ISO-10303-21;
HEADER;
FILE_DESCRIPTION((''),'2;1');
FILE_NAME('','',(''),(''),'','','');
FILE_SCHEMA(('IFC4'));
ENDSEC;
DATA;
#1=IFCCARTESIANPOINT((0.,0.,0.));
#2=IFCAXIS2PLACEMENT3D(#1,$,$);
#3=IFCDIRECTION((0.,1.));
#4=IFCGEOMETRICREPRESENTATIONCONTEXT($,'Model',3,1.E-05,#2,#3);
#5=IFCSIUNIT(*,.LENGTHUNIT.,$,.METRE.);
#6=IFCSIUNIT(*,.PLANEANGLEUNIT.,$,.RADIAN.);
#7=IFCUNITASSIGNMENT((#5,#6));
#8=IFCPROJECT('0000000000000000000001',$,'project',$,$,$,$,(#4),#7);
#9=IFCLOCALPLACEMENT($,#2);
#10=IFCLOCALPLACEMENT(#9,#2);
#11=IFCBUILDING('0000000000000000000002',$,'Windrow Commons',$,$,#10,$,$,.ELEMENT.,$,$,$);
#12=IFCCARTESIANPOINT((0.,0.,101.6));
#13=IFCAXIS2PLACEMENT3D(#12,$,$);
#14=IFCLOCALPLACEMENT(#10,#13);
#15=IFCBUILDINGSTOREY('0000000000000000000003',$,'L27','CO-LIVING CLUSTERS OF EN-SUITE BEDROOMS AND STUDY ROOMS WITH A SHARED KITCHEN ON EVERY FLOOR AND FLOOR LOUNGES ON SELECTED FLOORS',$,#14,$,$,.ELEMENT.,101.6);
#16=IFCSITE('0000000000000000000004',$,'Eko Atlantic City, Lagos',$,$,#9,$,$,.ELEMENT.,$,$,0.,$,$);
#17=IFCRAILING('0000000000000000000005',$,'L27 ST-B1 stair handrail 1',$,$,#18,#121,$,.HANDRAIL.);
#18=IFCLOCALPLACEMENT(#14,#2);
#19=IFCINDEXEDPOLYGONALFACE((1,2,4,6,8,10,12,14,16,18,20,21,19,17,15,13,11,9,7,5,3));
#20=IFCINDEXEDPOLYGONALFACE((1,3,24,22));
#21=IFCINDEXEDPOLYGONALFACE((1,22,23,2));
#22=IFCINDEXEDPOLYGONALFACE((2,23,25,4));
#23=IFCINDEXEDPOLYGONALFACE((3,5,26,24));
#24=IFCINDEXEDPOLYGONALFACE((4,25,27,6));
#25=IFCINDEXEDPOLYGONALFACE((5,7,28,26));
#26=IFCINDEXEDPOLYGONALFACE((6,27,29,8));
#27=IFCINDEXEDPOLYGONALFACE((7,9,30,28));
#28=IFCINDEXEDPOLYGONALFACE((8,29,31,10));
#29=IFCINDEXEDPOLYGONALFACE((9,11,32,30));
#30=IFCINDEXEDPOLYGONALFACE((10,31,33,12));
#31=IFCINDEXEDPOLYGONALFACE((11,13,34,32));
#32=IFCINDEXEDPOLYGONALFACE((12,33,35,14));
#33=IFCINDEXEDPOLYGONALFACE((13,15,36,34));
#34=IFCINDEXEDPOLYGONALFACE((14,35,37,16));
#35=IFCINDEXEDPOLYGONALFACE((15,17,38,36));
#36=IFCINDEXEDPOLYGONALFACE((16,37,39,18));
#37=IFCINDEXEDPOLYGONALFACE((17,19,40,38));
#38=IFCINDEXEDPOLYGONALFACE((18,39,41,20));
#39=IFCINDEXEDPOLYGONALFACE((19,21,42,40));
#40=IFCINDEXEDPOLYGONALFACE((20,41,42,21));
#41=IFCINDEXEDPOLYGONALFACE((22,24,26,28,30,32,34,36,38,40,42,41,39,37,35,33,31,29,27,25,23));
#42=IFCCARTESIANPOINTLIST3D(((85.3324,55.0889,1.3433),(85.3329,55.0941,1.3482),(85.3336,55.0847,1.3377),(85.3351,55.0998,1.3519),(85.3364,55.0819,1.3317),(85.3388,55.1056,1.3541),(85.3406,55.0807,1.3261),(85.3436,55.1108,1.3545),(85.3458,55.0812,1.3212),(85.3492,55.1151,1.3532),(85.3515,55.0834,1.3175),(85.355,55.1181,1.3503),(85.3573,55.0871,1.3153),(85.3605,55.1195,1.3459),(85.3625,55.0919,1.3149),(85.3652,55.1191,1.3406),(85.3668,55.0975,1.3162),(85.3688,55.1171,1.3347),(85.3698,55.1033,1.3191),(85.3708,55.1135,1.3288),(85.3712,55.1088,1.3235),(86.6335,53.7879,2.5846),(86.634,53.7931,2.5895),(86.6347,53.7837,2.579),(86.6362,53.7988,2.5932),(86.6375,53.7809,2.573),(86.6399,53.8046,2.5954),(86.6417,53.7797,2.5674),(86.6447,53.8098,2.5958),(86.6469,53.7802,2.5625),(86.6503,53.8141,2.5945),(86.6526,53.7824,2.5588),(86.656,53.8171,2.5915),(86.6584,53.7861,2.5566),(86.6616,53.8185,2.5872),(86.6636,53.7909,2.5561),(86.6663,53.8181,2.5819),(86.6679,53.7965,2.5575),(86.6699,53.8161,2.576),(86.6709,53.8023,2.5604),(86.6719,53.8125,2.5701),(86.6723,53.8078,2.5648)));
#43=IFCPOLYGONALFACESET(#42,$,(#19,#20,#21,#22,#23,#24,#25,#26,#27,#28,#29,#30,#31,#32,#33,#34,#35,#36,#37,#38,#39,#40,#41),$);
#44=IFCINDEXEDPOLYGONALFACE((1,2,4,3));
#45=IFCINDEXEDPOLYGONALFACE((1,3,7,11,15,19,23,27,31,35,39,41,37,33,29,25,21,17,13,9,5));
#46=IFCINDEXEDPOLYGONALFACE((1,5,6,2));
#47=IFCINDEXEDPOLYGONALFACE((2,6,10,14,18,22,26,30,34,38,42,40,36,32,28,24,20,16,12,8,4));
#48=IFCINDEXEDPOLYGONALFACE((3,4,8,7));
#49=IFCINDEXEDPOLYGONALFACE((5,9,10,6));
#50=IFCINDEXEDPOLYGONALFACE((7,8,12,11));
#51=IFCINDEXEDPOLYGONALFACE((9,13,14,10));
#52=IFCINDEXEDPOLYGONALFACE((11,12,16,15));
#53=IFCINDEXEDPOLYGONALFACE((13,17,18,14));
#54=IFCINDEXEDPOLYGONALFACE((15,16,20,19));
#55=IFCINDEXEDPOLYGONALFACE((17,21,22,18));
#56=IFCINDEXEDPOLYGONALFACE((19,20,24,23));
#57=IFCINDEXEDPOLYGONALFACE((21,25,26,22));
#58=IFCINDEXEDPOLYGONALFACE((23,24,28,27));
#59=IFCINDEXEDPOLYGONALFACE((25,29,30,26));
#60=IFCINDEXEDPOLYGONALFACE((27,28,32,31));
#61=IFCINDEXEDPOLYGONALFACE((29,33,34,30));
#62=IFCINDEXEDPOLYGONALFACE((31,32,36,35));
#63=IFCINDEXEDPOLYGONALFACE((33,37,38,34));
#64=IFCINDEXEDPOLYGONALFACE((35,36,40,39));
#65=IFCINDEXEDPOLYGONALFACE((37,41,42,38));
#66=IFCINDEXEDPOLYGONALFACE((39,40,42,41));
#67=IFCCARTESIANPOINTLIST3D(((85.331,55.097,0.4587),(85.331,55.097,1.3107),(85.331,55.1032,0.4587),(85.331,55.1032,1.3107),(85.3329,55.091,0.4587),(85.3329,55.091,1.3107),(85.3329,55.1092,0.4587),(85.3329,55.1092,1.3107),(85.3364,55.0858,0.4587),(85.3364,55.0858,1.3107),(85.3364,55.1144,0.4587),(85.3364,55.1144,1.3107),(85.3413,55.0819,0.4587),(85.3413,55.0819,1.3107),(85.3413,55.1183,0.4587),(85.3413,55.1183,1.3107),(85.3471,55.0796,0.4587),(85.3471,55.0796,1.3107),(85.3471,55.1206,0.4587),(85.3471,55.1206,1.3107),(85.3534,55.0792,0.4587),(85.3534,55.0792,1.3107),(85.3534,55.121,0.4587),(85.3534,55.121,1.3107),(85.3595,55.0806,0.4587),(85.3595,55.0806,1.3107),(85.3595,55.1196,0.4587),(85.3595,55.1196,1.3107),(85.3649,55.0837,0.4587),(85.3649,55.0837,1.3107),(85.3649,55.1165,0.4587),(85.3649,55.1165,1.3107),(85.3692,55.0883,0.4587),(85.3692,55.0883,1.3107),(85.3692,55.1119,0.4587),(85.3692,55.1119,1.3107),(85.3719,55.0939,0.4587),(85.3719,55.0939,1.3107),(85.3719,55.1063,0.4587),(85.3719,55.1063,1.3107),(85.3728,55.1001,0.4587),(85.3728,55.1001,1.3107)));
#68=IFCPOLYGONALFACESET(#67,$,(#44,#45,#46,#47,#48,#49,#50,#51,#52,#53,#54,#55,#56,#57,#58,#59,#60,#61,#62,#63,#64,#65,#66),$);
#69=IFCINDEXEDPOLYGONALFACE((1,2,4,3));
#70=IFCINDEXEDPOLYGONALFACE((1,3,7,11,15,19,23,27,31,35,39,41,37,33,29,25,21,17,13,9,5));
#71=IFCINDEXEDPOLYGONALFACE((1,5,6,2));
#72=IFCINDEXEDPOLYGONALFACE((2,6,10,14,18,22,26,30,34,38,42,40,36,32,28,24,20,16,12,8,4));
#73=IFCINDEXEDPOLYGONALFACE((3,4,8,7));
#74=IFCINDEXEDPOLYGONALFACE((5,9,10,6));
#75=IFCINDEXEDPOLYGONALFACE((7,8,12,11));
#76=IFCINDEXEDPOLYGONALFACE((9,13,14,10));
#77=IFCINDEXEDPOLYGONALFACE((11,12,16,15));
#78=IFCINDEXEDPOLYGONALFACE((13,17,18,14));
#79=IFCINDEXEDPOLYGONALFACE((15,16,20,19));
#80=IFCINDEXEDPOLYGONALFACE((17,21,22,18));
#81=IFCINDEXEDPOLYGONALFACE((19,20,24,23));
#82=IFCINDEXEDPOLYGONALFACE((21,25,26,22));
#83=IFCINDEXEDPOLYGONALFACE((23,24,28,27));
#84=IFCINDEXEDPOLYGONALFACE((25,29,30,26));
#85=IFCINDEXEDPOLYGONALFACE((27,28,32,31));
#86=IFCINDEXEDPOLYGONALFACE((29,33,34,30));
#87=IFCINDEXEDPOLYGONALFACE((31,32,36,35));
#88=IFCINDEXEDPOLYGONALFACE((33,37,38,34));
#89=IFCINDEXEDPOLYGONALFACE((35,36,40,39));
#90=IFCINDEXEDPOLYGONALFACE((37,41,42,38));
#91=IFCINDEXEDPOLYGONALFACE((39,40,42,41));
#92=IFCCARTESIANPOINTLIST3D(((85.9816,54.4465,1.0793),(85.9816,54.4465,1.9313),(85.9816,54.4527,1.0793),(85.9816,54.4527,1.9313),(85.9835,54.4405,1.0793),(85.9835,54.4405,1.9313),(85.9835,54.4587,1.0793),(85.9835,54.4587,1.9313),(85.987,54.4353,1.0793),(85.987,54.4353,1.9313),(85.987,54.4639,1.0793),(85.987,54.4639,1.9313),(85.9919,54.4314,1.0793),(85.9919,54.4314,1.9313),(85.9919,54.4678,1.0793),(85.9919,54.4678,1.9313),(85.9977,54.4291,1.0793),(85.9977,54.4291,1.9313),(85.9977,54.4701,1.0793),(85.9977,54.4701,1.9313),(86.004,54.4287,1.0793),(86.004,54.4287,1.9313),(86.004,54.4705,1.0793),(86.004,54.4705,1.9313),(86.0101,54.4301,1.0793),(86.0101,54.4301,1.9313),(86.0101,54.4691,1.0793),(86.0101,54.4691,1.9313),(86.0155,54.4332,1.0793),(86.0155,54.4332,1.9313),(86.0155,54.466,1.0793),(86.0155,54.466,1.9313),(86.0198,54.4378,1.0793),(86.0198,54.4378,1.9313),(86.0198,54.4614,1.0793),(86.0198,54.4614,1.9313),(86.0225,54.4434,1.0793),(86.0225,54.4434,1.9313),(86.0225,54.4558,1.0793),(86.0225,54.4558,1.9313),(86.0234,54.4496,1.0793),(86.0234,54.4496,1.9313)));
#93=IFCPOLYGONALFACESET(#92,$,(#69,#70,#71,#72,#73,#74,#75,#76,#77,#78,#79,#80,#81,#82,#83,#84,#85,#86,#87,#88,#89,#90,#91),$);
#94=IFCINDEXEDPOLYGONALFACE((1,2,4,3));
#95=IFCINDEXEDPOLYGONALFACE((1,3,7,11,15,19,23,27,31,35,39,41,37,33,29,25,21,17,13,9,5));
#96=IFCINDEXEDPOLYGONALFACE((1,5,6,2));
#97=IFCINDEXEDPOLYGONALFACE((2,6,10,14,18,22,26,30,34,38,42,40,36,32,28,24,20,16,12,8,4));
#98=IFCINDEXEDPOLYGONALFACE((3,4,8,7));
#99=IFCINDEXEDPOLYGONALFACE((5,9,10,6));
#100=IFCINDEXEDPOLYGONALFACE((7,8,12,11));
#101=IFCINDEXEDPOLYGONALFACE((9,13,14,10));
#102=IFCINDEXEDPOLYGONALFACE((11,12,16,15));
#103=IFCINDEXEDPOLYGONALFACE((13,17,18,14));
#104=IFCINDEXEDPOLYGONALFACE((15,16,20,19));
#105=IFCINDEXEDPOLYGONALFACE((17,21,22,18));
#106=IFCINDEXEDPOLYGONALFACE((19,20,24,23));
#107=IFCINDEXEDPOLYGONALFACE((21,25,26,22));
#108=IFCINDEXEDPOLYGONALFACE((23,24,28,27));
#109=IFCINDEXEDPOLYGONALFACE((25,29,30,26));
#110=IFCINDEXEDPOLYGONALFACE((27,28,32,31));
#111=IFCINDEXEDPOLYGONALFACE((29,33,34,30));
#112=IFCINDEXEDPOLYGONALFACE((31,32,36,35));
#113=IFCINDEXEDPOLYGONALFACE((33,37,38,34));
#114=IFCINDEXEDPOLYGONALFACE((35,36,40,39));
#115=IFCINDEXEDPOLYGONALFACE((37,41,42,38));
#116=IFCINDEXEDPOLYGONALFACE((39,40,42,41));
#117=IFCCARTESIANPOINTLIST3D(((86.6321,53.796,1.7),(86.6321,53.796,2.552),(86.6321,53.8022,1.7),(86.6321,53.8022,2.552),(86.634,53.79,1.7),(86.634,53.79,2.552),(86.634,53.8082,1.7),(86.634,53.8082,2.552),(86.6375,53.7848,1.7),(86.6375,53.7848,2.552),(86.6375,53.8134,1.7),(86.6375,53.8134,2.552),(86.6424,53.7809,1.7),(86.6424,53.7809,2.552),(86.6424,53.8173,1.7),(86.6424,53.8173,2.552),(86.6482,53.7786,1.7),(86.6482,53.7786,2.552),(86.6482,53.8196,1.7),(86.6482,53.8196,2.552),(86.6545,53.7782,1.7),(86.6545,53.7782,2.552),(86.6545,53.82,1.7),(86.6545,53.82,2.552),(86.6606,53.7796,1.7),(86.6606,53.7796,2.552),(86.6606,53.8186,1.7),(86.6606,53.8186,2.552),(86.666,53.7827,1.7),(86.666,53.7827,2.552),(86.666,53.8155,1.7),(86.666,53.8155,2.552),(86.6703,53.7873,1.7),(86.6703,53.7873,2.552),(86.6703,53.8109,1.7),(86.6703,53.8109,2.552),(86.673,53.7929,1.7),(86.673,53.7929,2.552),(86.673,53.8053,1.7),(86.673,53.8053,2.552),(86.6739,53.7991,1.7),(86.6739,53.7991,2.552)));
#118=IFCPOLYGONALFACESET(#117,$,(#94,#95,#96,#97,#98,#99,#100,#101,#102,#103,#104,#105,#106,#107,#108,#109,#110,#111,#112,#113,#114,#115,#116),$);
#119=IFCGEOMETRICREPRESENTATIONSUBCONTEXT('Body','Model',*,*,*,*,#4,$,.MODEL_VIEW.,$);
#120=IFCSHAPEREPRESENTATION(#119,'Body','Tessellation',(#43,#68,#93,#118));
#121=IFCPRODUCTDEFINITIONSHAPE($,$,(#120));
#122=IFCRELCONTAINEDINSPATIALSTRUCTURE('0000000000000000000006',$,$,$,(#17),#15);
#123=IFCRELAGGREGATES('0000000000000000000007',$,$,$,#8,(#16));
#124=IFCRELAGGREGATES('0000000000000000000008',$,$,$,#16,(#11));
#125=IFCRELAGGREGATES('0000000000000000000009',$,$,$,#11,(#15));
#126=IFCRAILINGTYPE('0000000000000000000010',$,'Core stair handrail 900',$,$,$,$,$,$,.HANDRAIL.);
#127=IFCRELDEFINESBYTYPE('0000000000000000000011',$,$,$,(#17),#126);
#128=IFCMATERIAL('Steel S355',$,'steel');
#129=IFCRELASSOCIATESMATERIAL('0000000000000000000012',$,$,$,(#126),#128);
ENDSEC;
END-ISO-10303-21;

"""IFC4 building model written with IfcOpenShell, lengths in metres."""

from ifc_helpers import new_model, si_unit, direction, frame, origin, origin_2d, place, context, subcontext, project, spatial, circle, extrude, material, type_object, element, save


model = new_model("IFC4")

# Units and contexts
model_context = context("Model", 3, precision=1e-05, world=origin(), true_north=direction((0.0, 1.0)))
body_context = subcontext(model_context, "Body", "Model", "MODEL_VIEW")
ifc_project = project(units=[si_unit("LENGTHUNIT", "METRE"), si_unit("PLANEANGLEUNIT", "RADIAN")], contexts=[model_context])

# Site, building, storey
site_placement = place(None, origin())
site = spatial("IfcSite", under=ifc_project, at=site_placement, Name="Eko Atlantic City, Lagos", CompositionType="ELEMENT", RefElevation=0.0)
building_placement = place(site_placement, origin())
building = spatial("IfcBuilding", under=site, at=building_placement, Name="Windrow Commons", CompositionType="ELEMENT")
storey_placement = place(building_placement, frame((0.0, 0.0, 101.6)))
storey = spatial("IfcBuildingStorey", under=building, at=storey_placement, Name="L27", Description="CO-LIVING CLUSTERS OF EN-SUITE BEDROOMS AND STUDY ROOMS WITH A SHARED KITCHEN ON EVERY FLOOR AND FLOOR LOUNGES ON SELECTED FLOORS", CompositionType="ELEMENT", Elevation=101.6)

# Railing
ifc_material_1 = material(Name="Steel S355", Category="steel")
railing_type_1 = type_object("IfcRailingType", Name="Core stair handrail 900", PredefinedType="HANDRAIL", material=ifc_material_1)
railing_1_placement = place(storey_placement, frame((85.3518, 55.1001, 0.4587)))
element("IfcRailing", 1, at=railing_1_placement, inside=storey, type_object=railing_type_1, Name="L27 ST-B1 stair handrail 1", PredefinedType="HANDRAIL", context=body_context, shape_type="SweptSolid", body=[
    extrude(circle(Radius=0.024, at=origin_2d()), frame((0.0, 0.0, 0.876), z_axis=(0.586207, -0.586162, 0.559264), x_axis=(0.70708, 0.707134, 0.0)), (0.0, 0.0, 1.0), 2.2195),
    extrude(circle(Radius=0.021, at=origin_2d()), origin(), (0.0, 0.0, 1.0), 0.852),
    extrude(circle(Radius=0.021, at=origin_2d()), frame((0.6506, -0.6505, 0.6206)), (0.0, 0.0, 1.0), 0.852),
    extrude(circle(Radius=0.021, at=origin_2d()), frame((1.3011, -1.301, 1.2413)), (0.0, 0.0, 1.0), 0.852),
])

save(model, "model.ifc")
